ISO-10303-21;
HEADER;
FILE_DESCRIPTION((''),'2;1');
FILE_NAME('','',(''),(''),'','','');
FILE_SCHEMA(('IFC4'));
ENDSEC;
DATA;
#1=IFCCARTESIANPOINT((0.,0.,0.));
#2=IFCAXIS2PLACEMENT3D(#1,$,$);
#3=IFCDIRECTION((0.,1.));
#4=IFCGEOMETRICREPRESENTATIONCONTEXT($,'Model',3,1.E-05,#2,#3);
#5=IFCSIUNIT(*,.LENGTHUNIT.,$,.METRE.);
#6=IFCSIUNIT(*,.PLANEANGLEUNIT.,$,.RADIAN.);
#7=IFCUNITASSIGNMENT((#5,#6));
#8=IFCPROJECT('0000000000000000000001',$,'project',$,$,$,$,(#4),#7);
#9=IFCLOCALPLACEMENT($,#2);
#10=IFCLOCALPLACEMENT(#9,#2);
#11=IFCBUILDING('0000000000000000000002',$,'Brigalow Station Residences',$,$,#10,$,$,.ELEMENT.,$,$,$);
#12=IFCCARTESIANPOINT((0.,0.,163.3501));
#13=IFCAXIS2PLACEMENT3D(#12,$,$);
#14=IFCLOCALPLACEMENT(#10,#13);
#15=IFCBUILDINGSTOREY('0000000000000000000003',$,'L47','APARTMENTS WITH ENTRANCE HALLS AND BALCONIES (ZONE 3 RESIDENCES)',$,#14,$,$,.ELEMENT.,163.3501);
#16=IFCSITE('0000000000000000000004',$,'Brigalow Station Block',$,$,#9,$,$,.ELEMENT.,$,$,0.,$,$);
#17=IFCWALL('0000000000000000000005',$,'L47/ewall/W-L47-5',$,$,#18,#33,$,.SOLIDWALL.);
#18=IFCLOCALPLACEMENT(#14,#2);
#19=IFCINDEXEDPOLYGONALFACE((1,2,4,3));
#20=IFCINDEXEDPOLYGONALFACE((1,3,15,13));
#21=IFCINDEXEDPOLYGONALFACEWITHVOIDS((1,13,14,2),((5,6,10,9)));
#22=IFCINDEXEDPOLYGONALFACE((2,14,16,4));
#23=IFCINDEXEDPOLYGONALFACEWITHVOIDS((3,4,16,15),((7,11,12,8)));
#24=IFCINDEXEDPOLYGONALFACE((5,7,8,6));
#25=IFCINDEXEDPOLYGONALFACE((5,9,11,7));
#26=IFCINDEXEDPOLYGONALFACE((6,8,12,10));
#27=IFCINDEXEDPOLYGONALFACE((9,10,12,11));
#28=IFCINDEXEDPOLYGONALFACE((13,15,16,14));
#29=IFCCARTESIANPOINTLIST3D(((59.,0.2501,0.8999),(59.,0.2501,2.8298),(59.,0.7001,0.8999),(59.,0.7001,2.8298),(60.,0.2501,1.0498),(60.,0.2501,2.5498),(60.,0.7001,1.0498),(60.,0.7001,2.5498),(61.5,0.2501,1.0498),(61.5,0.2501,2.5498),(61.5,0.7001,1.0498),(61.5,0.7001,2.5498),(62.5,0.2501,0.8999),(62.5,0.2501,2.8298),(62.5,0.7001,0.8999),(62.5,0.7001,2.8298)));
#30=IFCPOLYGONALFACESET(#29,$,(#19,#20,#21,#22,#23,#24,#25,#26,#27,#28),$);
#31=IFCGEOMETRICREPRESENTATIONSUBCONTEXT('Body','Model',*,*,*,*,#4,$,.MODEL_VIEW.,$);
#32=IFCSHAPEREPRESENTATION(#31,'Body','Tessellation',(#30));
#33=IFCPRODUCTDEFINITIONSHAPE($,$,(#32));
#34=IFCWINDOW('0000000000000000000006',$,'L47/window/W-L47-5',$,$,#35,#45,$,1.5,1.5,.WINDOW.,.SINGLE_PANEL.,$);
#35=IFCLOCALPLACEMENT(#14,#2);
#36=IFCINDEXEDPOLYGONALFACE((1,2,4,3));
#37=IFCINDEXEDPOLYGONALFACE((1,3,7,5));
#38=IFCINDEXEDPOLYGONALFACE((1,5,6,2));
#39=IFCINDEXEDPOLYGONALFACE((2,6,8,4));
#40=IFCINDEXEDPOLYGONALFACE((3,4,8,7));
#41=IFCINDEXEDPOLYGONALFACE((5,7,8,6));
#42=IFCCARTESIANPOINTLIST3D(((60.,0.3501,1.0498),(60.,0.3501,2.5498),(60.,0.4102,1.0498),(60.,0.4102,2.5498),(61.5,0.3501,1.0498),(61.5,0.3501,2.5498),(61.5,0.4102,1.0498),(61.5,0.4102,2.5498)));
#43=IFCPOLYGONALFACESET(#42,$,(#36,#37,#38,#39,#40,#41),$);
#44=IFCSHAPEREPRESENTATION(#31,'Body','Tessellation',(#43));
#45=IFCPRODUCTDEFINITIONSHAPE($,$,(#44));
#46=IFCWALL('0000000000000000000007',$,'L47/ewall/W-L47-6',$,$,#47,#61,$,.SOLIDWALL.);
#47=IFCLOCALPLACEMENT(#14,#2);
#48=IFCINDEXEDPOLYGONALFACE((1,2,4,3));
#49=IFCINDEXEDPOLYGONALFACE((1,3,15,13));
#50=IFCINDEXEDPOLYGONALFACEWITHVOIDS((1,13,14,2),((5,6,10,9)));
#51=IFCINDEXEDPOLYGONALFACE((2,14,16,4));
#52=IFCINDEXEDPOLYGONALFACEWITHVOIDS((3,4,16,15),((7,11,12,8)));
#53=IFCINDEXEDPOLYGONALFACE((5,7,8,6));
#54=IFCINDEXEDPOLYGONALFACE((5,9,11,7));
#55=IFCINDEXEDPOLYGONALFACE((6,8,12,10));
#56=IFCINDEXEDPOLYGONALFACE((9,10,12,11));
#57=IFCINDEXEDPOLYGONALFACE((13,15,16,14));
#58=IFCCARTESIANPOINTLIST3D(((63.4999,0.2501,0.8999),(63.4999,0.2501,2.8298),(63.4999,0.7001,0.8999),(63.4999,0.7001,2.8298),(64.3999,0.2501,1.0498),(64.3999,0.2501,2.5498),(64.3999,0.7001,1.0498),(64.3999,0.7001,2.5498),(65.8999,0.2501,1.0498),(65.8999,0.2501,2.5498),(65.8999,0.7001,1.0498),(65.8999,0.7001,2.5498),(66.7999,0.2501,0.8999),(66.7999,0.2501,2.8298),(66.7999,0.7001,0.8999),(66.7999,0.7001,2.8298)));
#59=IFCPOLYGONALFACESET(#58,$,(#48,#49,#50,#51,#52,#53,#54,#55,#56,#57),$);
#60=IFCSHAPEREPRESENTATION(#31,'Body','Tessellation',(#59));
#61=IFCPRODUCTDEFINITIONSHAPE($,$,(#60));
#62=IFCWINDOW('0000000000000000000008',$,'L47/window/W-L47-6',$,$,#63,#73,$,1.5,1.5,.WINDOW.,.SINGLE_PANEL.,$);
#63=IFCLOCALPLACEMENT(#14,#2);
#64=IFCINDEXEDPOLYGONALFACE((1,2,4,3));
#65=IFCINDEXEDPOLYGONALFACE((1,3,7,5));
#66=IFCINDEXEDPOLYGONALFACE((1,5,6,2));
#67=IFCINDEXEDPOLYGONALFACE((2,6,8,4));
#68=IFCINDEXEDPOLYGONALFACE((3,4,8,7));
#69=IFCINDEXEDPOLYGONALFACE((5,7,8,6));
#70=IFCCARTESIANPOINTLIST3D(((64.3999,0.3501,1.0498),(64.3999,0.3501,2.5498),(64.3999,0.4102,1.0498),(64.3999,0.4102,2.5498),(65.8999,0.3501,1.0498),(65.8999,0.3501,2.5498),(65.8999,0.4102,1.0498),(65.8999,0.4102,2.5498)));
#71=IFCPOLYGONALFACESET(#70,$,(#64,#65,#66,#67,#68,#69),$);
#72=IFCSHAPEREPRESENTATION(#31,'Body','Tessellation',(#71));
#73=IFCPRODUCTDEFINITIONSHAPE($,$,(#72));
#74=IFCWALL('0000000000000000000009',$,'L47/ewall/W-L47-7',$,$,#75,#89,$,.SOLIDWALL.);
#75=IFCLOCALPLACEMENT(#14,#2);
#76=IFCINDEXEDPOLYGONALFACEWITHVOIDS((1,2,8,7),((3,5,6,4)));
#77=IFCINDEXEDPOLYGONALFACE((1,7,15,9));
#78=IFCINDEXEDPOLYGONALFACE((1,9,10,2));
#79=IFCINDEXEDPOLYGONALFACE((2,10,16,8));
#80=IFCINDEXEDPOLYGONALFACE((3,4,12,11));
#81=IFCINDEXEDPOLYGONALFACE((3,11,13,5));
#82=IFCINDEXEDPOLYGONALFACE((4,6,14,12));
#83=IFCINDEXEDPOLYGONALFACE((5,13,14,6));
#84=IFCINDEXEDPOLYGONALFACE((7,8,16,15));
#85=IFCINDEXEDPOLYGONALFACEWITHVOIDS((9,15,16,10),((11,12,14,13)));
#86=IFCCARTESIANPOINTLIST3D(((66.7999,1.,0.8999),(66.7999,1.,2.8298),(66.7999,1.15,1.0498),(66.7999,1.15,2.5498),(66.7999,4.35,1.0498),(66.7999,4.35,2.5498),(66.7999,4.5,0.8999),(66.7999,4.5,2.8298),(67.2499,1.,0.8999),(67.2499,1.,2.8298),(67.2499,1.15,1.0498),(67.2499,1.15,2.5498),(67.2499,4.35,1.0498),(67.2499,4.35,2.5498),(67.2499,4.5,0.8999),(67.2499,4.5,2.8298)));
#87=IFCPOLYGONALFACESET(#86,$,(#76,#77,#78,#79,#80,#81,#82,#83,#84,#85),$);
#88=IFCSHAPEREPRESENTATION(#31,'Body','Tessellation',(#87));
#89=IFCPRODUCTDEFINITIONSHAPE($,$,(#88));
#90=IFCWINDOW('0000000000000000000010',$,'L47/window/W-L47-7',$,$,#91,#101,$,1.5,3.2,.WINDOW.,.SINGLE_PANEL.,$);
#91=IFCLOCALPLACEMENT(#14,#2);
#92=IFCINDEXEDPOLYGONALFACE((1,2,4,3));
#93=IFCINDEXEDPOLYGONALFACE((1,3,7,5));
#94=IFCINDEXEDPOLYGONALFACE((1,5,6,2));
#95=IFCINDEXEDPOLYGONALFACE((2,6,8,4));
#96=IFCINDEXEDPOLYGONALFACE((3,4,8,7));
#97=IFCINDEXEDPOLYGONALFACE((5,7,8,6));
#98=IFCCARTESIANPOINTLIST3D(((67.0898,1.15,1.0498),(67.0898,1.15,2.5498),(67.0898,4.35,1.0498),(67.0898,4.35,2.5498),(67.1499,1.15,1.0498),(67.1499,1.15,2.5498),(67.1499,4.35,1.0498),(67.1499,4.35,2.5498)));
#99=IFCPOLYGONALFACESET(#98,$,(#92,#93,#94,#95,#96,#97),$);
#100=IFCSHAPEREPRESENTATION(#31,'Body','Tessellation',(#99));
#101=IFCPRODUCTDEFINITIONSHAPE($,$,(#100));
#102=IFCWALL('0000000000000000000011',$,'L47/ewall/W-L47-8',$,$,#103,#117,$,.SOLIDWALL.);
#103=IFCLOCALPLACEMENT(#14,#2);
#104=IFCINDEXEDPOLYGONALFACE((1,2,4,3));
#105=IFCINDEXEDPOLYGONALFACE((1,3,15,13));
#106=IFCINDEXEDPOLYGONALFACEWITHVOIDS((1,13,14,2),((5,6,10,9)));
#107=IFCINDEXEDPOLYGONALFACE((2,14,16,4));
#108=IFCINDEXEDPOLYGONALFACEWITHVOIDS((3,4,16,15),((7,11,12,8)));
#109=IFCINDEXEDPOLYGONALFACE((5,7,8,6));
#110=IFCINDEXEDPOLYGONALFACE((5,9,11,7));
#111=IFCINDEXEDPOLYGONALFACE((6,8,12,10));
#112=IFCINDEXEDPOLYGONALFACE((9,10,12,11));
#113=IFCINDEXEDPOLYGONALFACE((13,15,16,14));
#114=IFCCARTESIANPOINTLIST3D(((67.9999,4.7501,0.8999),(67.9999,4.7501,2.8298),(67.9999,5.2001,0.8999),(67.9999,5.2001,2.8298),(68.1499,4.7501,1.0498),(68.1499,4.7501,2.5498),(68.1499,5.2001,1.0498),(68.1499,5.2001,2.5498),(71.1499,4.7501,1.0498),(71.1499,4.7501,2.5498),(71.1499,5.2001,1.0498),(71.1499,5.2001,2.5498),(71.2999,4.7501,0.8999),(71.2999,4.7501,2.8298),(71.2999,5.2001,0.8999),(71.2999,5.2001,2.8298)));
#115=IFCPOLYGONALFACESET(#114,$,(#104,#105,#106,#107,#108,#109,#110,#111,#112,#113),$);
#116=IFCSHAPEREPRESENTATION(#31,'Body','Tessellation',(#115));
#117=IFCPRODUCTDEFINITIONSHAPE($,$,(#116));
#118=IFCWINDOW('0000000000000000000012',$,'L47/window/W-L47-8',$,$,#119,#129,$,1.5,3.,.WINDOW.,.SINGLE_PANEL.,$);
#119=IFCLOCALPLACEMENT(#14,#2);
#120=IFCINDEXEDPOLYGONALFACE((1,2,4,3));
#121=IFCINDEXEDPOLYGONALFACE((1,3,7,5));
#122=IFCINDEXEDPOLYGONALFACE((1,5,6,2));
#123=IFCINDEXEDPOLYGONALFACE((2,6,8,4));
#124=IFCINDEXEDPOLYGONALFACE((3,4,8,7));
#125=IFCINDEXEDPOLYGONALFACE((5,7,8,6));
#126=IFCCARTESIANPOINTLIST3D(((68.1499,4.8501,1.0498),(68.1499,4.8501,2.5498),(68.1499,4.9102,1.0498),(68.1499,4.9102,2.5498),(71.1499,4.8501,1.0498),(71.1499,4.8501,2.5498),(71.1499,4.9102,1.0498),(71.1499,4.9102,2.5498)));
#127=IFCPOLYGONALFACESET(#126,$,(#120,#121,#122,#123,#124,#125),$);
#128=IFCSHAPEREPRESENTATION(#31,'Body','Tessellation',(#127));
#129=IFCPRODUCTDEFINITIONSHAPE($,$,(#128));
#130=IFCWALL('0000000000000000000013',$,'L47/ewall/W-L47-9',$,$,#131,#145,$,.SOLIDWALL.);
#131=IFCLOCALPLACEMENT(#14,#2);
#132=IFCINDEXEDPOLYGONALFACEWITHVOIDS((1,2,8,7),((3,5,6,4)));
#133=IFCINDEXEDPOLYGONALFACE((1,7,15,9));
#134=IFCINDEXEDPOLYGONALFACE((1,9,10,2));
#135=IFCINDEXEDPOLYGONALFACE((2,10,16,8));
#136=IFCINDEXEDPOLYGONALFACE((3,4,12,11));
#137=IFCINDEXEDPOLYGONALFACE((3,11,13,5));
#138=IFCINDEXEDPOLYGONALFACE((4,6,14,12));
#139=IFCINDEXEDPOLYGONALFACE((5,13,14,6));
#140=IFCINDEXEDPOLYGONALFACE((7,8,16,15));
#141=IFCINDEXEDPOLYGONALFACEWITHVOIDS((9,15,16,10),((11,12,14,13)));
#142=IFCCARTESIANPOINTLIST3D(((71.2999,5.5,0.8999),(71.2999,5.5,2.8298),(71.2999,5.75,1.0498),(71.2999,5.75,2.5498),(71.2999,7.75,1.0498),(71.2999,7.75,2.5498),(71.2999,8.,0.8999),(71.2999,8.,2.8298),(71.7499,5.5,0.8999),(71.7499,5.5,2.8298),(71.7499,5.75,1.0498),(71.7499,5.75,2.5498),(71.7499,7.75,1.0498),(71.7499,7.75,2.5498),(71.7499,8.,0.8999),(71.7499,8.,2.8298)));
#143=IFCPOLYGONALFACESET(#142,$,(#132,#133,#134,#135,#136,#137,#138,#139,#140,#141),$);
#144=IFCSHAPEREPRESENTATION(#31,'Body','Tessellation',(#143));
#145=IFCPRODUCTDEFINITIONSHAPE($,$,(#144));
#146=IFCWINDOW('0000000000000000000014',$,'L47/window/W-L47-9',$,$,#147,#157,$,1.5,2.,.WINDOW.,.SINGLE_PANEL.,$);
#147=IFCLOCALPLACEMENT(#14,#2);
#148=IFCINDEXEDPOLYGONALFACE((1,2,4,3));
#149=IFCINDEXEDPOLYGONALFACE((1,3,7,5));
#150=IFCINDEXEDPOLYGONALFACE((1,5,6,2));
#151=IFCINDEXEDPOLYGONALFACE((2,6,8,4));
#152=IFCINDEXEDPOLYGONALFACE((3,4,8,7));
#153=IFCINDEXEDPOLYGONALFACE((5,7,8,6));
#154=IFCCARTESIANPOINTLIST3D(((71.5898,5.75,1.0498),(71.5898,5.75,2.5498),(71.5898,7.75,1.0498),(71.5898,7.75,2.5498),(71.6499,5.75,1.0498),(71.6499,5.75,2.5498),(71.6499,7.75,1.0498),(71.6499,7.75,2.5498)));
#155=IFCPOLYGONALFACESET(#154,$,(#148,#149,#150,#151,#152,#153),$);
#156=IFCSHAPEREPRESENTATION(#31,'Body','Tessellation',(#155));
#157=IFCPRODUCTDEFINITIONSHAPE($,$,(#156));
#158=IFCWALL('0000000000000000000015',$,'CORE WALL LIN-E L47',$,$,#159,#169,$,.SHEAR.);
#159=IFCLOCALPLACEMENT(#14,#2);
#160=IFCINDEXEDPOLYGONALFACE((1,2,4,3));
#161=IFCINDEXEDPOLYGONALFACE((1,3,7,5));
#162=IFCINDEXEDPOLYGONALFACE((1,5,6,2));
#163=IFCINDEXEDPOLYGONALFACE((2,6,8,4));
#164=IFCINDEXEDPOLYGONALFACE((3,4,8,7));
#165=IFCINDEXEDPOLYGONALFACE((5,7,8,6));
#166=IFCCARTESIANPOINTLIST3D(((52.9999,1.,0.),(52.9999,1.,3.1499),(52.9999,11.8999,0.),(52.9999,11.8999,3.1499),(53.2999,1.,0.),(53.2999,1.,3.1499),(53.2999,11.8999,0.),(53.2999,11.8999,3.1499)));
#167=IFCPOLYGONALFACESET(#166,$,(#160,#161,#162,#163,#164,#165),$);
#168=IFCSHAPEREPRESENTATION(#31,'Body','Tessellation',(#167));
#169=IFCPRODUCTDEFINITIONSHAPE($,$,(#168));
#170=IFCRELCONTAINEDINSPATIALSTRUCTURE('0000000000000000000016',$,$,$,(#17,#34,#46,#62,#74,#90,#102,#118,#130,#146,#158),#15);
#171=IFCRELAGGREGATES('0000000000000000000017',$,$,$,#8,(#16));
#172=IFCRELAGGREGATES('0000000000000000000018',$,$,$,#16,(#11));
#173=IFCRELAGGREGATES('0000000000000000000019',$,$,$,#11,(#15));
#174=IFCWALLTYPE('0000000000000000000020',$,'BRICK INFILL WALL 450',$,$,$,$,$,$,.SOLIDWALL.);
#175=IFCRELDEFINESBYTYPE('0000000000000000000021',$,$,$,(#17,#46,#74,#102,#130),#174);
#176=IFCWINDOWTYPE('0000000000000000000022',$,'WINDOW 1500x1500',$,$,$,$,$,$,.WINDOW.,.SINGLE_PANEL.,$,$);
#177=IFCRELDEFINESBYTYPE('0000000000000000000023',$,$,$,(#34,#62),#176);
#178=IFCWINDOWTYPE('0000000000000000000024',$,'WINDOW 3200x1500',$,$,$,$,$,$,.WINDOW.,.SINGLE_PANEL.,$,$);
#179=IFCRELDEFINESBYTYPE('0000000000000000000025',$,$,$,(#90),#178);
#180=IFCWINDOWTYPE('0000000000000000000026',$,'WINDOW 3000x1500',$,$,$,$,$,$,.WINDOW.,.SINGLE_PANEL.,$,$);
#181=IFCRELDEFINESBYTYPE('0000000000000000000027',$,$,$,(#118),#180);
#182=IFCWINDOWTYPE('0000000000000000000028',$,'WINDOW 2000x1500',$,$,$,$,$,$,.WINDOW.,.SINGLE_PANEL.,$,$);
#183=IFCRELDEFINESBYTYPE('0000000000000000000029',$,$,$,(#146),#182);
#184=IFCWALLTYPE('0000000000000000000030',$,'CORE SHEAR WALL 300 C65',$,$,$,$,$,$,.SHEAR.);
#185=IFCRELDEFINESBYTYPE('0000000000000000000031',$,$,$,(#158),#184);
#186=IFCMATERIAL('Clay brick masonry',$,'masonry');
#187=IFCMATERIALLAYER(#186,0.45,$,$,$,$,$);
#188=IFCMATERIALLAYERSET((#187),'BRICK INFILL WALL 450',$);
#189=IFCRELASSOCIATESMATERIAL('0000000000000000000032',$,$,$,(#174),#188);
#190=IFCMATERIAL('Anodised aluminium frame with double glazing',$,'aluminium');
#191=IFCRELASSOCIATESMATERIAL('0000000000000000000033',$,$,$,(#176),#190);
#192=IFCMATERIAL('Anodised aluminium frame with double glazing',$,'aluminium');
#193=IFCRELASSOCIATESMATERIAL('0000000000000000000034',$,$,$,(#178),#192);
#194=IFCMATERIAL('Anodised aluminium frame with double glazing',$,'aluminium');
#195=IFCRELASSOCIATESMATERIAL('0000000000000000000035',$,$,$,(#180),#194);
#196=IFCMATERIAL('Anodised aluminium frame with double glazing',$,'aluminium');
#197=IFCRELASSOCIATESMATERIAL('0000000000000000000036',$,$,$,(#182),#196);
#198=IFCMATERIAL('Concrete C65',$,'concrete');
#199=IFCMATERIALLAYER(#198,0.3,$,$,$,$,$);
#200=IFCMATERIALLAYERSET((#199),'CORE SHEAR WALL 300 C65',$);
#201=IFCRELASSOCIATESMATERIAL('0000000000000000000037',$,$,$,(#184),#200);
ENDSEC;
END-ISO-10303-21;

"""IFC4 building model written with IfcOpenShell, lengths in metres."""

from ifc_helpers import new_model, si_unit, direction, frame, frame_2d, origin, place, context, subcontext, project, spatial, rectangle, extrude, material, layer, layer_set, type_object, element, fill, save


model = new_model("IFC4")

# Units and contexts
model_context = context("Model", 3, precision=1e-05, world=origin(), true_north=direction((0.0, 1.0)))
body_context = subcontext(model_context, "Body", "Model", "MODEL_VIEW")
ifc_project = project(units=[si_unit("LENGTHUNIT", "METRE"), si_unit("PLANEANGLEUNIT", "RADIAN")], contexts=[model_context])

# Site, building, storey
site_placement = place(None, origin())
site = spatial("IfcSite", under=ifc_project, at=site_placement, Name="Brigalow Station Block", CompositionType="ELEMENT", RefElevation=0.0)
building_placement = place(site_placement, origin())
building = spatial("IfcBuilding", under=site, at=building_placement, Name="Brigalow Station Residences", CompositionType="ELEMENT")
storey_placement = place(building_placement, frame((0.0, 0.0, 163.3501)))
storey = spatial("IfcBuildingStorey", under=building, at=storey_placement, Name="L47", Description="APARTMENTS WITH ENTRANCE HALLS AND BALCONIES (ZONE 3 RESIDENCES)", CompositionType="ELEMENT", Elevation=163.3501)

# Walls, openings, windows
ifc_material_1 = material(Name="Clay brick masonry", Category="masonry")
ifc_layer_1 = layer(ifc_material_1, 0.45)
ifc_layer_set_1 = layer_set([ifc_layer_1], Name="BRICK INFILL WALL 450")
wall_type_1 = type_object("IfcWallType", Name="BRICK INFILL WALL 450", PredefinedType="SOLIDWALL", material=ifc_layer_set_1)
ifc_material_2 = material(Name="Anodised aluminium frame with double glazing", Category="aluminium")
window_type_1 = type_object("IfcWindowType", Name="WINDOW 1500x1500", PartitioningType="SINGLE_PANEL", PredefinedType="WINDOW", material=ifc_material_2)
wall_1_placement = place(storey_placement, frame((59.0, 0.4751, 0.8999), z_axis=(0.0, 0.0, 1.0), x_axis=(1.0, 0.0, 0.0)))
wall_1 = element("IfcWall", 1, at=wall_1_placement, inside=storey, type_object=wall_type_1, Name="L47/ewall/W-L47-5", PredefinedType="SOLIDWALL", context=body_context, shape_type="SweptSolid", body=[
    extrude(rectangle(XDim=3.5, YDim=0.45, at=frame_2d((1.75, 0.0))), origin(), (0.0, 0.0, 1.0), 1.9299),
])
opening_1_placement = place(wall_1_placement, frame((1.0, 0.0, 0.1499)))
opening_1 = element("IfcOpeningElement", 2, at=opening_1_placement, cuts=wall_1, PredefinedType="OPENING", context=body_context, shape_type="SweptSolid", body=[
    extrude(rectangle(XDim=1.5, YDim=1.5, at=frame_2d((0.75, 0.75))), frame((0.0, 0.2349, 0.0), z_axis=(0.0, -1.0, 0.0), x_axis=(1.0, 0.0, 0.0)), (0.0, 0.0, 1.0), 0.47),
])
window_1_placement = place(opening_1_placement, origin())
window_1 = element("IfcWindow", 3, at=window_1_placement, inside=storey, type_object=window_type_1, Name="L47/window/W-L47-5", OverallHeight=1.5, OverallWidth=1.5, PartitioningType="SINGLE_PANEL", PredefinedType="WINDOW", context=body_context, shape_type="SweptSolid", body=[
    extrude(rectangle(XDim=1.5, YDim=1.5, at=frame_2d((0.75, 0.75))), frame((0.0, -0.0649, 0.0), z_axis=(0.0, -1.0, 0.0), x_axis=(1.0, 0.0, 0.0)), (0.0, 0.0, 1.0), 0.0601),
])
fill(opening_1, window_1)
wall_2_placement = place(storey_placement, frame((63.5, 0.4751, 0.8999), z_axis=(0.0, 0.0, 1.0), x_axis=(1.0, 0.0, 0.0)))
wall_2 = element("IfcWall", 4, at=wall_2_placement, inside=storey, type_object=wall_type_1, Name="L47/ewall/W-L47-6", PredefinedType="SOLIDWALL", context=body_context, shape_type="SweptSolid", body=[
    extrude(rectangle(XDim=3.3, YDim=0.45, at=frame_2d((1.6499, 0.0))), origin(), (0.0, 0.0, 1.0), 1.9299),
])
opening_2_placement = place(wall_2_placement, frame((0.8999, 0.0, 0.1499)))
opening_2 = element("IfcOpeningElement", 5, at=opening_2_placement, cuts=wall_2, PredefinedType="OPENING", context=body_context, shape_type="SweptSolid", body=[
    extrude(rectangle(XDim=1.5, YDim=1.5, at=frame_2d((0.75, 0.75))), frame((0.0, 0.2349, 0.0), z_axis=(0.0, -1.0, 0.0), x_axis=(1.0, 0.0, 0.0)), (0.0, 0.0, 1.0), 0.47),
])
window_2_placement = place(opening_2_placement, origin())
window_2 = element("IfcWindow", 6, at=window_2_placement, inside=storey, type_object=window_type_1, Name="L47/window/W-L47-6", OverallHeight=1.5, OverallWidth=1.5, PartitioningType="SINGLE_PANEL", PredefinedType="WINDOW", context=body_context, shape_type="SweptSolid", body=[
    extrude(rectangle(XDim=1.5, YDim=1.5, at=frame_2d((0.75, 0.75))), frame((0.0, -0.0649, 0.0), z_axis=(0.0, -1.0, 0.0), x_axis=(1.0, 0.0, 0.0)), (0.0, 0.0, 1.0), 0.0601),
])
fill(opening_2, window_2)
wall_3_placement = place(storey_placement, frame((67.0249, 1.0, 0.8999), z_axis=(0.0, 0.0, 1.0), x_axis=(0.0, 1.0, 0.0)))
wall_3 = element("IfcWall", 7, at=wall_3_placement, inside=storey, type_object=wall_type_1, Name="L47/ewall/W-L47-7", PredefinedType="SOLIDWALL", context=body_context, shape_type="SweptSolid", body=[
    extrude(rectangle(XDim=3.5, YDim=0.45, at=frame_2d((1.75, 0.0))), origin(), (0.0, 0.0, 1.0), 1.9299),
])
opening_3_placement = place(wall_3_placement, frame((0.1499, 0.0, 0.1499)))
opening_3 = element("IfcOpeningElement", 8, at=opening_3_placement, cuts=wall_3, PredefinedType="OPENING", context=body_context, shape_type="SweptSolid", body=[
    extrude(rectangle(XDim=3.2, YDim=1.5, at=frame_2d((1.6001, 0.75))), frame((0.0, 0.2349, 0.0), z_axis=(0.0, -1.0, 0.0), x_axis=(1.0, 0.0, 0.0)), (0.0, 0.0, 1.0), 0.47),
])
ifc_material_3 = material(Name="Anodised aluminium frame with double glazing", Category="aluminium")
window_type_2 = type_object("IfcWindowType", Name="WINDOW 3200x1500", PartitioningType="SINGLE_PANEL", PredefinedType="WINDOW", material=ifc_material_3)
window_3_placement = place(opening_3_placement, origin())
window_3 = element("IfcWindow", 9, at=window_3_placement, inside=storey, type_object=window_type_2, Name="L47/window/W-L47-7", OverallHeight=1.5, OverallWidth=3.2, PartitioningType="SINGLE_PANEL", PredefinedType="WINDOW", context=body_context, shape_type="SweptSolid", body=[
    extrude(rectangle(XDim=3.2, YDim=1.5, at=frame_2d((1.6001, 0.75))), frame((0.0, -0.0649, 0.0), z_axis=(0.0, -1.0, 0.0), x_axis=(1.0, 0.0, 0.0)), (0.0, 0.0, 1.0), 0.0601),
])
fill(opening_3, window_3)
wall_4_placement = place(storey_placement, frame((68.0, 4.9751, 0.8999), z_axis=(0.0, 0.0, 1.0), x_axis=(1.0, 0.0, 0.0)))
wall_4 = element("IfcWall", 10, at=wall_4_placement, inside=storey, type_object=wall_type_1, Name="L47/ewall/W-L47-8", PredefinedType="SOLIDWALL", context=body_context, shape_type="SweptSolid", body=[
    extrude(rectangle(XDim=3.3, YDim=0.45, at=frame_2d((1.6499, 0.0))), origin(), (0.0, 0.0, 1.0), 1.9299),
])
opening_4_placement = place(wall_4_placement, frame((0.1499, 0.0, 0.1499)))
opening_4 = element("IfcOpeningElement", 11, at=opening_4_placement, cuts=wall_4, PredefinedType="OPENING", context=body_context, shape_type="SweptSolid", body=[
    extrude(rectangle(XDim=3.0, YDim=1.5, at=frame_2d((1.5, 0.75))), frame((0.0, 0.2349, 0.0), z_axis=(0.0, -1.0, 0.0), x_axis=(1.0, 0.0, 0.0)), (0.0, 0.0, 1.0), 0.47),
])
ifc_material_4 = material(Name="Anodised aluminium frame with double glazing", Category="aluminium")
window_type_3 = type_object("IfcWindowType", Name="WINDOW 3000x1500", PartitioningType="SINGLE_PANEL", PredefinedType="WINDOW", material=ifc_material_4)
window_4_placement = place(opening_4_placement, origin())
window_4 = element("IfcWindow", 12, at=window_4_placement, inside=storey, type_object=window_type_3, Name="L47/window/W-L47-8", OverallHeight=1.5, OverallWidth=3.0, PartitioningType="SINGLE_PANEL", PredefinedType="WINDOW", context=body_context, shape_type="SweptSolid", body=[
    extrude(rectangle(XDim=3.0, YDim=1.5, at=frame_2d((1.5, 0.75))), frame((0.0, -0.0649, 0.0), z_axis=(0.0, -1.0, 0.0), x_axis=(1.0, 0.0, 0.0)), (0.0, 0.0, 1.0), 0.0601),
])
fill(opening_4, window_4)
wall_5_placement = place(storey_placement, frame((71.5249, 5.5, 0.8999), z_axis=(0.0, 0.0, 1.0), x_axis=(0.0, 1.0, 0.0)))
wall_5 = element("IfcWall", 13, at=wall_5_placement, inside=storey, type_object=wall_type_1, Name="L47/ewall/W-L47-9", PredefinedType="SOLIDWALL", context=body_context, shape_type="SweptSolid", body=[
    extrude(rectangle(XDim=2.5, YDim=0.45, at=frame_2d((1.25, 0.0))), origin(), (0.0, 0.0, 1.0), 1.9299),
])
opening_5_placement = place(wall_5_placement, frame((0.25, 0.0, 0.1499)))
opening_5 = element("IfcOpeningElement", 14, at=opening_5_placement, cuts=wall_5, PredefinedType="OPENING", context=body_context, shape_type="SweptSolid", body=[
    extrude(rectangle(XDim=2.0, YDim=1.5, at=frame_2d((1.0, 0.75))), frame((0.0, 0.2349, 0.0), z_axis=(0.0, -1.0, 0.0), x_axis=(1.0, 0.0, 0.0)), (0.0, 0.0, 1.0), 0.47),
])
ifc_material_5 = material(Name="Anodised aluminium frame with double glazing", Category="aluminium")
window_type_4 = type_object("IfcWindowType", Name="WINDOW 2000x1500", PartitioningType="SINGLE_PANEL", PredefinedType="WINDOW", material=ifc_material_5)
window_5_placement = place(opening_5_placement, origin())
window_5 = element("IfcWindow", 15, at=window_5_placement, inside=storey, type_object=window_type_4, Name="L47/window/W-L47-9", OverallHeight=1.5, OverallWidth=2.0, PartitioningType="SINGLE_PANEL", PredefinedType="WINDOW", context=body_context, shape_type="SweptSolid", body=[
    extrude(rectangle(XDim=2.0, YDim=1.5, at=frame_2d((1.0, 0.75))), frame((0.0, -0.0649, 0.0), z_axis=(0.0, -1.0, 0.0), x_axis=(1.0, 0.0, 0.0)), (0.0, 0.0, 1.0), 0.0601),
])
fill(opening_5, window_5)

# Wall
ifc_material_6 = material(Name="Concrete C65", Category="concrete")
ifc_layer_2 = layer(ifc_material_6, 0.3)
ifc_layer_set_2 = layer_set([ifc_layer_2], Name="CORE SHEAR WALL 300 C65")
wall_type_2 = type_object("IfcWallType", Name="CORE SHEAR WALL 300 C65", PredefinedType="SHEAR", material=ifc_layer_set_2)
wall_6_placement = place(storey_placement, frame((53.1499, 1.0, 0.0), z_axis=(0.0, 0.0, 1.0), x_axis=(0.0, 1.0, 0.0)))
element("IfcWall", 16, at=wall_6_placement, inside=storey, type_object=wall_type_2, Name="CORE WALL LIN-E L47", PredefinedType="SHEAR", context=body_context, shape_type="SweptSolid", body=[
    extrude(rectangle(XDim=10.8999, YDim=0.3, at=frame_2d((5.45, 0.0))), origin(), (0.0, 0.0, 1.0), 3.1499),
])

save(model, "model.ifc")
